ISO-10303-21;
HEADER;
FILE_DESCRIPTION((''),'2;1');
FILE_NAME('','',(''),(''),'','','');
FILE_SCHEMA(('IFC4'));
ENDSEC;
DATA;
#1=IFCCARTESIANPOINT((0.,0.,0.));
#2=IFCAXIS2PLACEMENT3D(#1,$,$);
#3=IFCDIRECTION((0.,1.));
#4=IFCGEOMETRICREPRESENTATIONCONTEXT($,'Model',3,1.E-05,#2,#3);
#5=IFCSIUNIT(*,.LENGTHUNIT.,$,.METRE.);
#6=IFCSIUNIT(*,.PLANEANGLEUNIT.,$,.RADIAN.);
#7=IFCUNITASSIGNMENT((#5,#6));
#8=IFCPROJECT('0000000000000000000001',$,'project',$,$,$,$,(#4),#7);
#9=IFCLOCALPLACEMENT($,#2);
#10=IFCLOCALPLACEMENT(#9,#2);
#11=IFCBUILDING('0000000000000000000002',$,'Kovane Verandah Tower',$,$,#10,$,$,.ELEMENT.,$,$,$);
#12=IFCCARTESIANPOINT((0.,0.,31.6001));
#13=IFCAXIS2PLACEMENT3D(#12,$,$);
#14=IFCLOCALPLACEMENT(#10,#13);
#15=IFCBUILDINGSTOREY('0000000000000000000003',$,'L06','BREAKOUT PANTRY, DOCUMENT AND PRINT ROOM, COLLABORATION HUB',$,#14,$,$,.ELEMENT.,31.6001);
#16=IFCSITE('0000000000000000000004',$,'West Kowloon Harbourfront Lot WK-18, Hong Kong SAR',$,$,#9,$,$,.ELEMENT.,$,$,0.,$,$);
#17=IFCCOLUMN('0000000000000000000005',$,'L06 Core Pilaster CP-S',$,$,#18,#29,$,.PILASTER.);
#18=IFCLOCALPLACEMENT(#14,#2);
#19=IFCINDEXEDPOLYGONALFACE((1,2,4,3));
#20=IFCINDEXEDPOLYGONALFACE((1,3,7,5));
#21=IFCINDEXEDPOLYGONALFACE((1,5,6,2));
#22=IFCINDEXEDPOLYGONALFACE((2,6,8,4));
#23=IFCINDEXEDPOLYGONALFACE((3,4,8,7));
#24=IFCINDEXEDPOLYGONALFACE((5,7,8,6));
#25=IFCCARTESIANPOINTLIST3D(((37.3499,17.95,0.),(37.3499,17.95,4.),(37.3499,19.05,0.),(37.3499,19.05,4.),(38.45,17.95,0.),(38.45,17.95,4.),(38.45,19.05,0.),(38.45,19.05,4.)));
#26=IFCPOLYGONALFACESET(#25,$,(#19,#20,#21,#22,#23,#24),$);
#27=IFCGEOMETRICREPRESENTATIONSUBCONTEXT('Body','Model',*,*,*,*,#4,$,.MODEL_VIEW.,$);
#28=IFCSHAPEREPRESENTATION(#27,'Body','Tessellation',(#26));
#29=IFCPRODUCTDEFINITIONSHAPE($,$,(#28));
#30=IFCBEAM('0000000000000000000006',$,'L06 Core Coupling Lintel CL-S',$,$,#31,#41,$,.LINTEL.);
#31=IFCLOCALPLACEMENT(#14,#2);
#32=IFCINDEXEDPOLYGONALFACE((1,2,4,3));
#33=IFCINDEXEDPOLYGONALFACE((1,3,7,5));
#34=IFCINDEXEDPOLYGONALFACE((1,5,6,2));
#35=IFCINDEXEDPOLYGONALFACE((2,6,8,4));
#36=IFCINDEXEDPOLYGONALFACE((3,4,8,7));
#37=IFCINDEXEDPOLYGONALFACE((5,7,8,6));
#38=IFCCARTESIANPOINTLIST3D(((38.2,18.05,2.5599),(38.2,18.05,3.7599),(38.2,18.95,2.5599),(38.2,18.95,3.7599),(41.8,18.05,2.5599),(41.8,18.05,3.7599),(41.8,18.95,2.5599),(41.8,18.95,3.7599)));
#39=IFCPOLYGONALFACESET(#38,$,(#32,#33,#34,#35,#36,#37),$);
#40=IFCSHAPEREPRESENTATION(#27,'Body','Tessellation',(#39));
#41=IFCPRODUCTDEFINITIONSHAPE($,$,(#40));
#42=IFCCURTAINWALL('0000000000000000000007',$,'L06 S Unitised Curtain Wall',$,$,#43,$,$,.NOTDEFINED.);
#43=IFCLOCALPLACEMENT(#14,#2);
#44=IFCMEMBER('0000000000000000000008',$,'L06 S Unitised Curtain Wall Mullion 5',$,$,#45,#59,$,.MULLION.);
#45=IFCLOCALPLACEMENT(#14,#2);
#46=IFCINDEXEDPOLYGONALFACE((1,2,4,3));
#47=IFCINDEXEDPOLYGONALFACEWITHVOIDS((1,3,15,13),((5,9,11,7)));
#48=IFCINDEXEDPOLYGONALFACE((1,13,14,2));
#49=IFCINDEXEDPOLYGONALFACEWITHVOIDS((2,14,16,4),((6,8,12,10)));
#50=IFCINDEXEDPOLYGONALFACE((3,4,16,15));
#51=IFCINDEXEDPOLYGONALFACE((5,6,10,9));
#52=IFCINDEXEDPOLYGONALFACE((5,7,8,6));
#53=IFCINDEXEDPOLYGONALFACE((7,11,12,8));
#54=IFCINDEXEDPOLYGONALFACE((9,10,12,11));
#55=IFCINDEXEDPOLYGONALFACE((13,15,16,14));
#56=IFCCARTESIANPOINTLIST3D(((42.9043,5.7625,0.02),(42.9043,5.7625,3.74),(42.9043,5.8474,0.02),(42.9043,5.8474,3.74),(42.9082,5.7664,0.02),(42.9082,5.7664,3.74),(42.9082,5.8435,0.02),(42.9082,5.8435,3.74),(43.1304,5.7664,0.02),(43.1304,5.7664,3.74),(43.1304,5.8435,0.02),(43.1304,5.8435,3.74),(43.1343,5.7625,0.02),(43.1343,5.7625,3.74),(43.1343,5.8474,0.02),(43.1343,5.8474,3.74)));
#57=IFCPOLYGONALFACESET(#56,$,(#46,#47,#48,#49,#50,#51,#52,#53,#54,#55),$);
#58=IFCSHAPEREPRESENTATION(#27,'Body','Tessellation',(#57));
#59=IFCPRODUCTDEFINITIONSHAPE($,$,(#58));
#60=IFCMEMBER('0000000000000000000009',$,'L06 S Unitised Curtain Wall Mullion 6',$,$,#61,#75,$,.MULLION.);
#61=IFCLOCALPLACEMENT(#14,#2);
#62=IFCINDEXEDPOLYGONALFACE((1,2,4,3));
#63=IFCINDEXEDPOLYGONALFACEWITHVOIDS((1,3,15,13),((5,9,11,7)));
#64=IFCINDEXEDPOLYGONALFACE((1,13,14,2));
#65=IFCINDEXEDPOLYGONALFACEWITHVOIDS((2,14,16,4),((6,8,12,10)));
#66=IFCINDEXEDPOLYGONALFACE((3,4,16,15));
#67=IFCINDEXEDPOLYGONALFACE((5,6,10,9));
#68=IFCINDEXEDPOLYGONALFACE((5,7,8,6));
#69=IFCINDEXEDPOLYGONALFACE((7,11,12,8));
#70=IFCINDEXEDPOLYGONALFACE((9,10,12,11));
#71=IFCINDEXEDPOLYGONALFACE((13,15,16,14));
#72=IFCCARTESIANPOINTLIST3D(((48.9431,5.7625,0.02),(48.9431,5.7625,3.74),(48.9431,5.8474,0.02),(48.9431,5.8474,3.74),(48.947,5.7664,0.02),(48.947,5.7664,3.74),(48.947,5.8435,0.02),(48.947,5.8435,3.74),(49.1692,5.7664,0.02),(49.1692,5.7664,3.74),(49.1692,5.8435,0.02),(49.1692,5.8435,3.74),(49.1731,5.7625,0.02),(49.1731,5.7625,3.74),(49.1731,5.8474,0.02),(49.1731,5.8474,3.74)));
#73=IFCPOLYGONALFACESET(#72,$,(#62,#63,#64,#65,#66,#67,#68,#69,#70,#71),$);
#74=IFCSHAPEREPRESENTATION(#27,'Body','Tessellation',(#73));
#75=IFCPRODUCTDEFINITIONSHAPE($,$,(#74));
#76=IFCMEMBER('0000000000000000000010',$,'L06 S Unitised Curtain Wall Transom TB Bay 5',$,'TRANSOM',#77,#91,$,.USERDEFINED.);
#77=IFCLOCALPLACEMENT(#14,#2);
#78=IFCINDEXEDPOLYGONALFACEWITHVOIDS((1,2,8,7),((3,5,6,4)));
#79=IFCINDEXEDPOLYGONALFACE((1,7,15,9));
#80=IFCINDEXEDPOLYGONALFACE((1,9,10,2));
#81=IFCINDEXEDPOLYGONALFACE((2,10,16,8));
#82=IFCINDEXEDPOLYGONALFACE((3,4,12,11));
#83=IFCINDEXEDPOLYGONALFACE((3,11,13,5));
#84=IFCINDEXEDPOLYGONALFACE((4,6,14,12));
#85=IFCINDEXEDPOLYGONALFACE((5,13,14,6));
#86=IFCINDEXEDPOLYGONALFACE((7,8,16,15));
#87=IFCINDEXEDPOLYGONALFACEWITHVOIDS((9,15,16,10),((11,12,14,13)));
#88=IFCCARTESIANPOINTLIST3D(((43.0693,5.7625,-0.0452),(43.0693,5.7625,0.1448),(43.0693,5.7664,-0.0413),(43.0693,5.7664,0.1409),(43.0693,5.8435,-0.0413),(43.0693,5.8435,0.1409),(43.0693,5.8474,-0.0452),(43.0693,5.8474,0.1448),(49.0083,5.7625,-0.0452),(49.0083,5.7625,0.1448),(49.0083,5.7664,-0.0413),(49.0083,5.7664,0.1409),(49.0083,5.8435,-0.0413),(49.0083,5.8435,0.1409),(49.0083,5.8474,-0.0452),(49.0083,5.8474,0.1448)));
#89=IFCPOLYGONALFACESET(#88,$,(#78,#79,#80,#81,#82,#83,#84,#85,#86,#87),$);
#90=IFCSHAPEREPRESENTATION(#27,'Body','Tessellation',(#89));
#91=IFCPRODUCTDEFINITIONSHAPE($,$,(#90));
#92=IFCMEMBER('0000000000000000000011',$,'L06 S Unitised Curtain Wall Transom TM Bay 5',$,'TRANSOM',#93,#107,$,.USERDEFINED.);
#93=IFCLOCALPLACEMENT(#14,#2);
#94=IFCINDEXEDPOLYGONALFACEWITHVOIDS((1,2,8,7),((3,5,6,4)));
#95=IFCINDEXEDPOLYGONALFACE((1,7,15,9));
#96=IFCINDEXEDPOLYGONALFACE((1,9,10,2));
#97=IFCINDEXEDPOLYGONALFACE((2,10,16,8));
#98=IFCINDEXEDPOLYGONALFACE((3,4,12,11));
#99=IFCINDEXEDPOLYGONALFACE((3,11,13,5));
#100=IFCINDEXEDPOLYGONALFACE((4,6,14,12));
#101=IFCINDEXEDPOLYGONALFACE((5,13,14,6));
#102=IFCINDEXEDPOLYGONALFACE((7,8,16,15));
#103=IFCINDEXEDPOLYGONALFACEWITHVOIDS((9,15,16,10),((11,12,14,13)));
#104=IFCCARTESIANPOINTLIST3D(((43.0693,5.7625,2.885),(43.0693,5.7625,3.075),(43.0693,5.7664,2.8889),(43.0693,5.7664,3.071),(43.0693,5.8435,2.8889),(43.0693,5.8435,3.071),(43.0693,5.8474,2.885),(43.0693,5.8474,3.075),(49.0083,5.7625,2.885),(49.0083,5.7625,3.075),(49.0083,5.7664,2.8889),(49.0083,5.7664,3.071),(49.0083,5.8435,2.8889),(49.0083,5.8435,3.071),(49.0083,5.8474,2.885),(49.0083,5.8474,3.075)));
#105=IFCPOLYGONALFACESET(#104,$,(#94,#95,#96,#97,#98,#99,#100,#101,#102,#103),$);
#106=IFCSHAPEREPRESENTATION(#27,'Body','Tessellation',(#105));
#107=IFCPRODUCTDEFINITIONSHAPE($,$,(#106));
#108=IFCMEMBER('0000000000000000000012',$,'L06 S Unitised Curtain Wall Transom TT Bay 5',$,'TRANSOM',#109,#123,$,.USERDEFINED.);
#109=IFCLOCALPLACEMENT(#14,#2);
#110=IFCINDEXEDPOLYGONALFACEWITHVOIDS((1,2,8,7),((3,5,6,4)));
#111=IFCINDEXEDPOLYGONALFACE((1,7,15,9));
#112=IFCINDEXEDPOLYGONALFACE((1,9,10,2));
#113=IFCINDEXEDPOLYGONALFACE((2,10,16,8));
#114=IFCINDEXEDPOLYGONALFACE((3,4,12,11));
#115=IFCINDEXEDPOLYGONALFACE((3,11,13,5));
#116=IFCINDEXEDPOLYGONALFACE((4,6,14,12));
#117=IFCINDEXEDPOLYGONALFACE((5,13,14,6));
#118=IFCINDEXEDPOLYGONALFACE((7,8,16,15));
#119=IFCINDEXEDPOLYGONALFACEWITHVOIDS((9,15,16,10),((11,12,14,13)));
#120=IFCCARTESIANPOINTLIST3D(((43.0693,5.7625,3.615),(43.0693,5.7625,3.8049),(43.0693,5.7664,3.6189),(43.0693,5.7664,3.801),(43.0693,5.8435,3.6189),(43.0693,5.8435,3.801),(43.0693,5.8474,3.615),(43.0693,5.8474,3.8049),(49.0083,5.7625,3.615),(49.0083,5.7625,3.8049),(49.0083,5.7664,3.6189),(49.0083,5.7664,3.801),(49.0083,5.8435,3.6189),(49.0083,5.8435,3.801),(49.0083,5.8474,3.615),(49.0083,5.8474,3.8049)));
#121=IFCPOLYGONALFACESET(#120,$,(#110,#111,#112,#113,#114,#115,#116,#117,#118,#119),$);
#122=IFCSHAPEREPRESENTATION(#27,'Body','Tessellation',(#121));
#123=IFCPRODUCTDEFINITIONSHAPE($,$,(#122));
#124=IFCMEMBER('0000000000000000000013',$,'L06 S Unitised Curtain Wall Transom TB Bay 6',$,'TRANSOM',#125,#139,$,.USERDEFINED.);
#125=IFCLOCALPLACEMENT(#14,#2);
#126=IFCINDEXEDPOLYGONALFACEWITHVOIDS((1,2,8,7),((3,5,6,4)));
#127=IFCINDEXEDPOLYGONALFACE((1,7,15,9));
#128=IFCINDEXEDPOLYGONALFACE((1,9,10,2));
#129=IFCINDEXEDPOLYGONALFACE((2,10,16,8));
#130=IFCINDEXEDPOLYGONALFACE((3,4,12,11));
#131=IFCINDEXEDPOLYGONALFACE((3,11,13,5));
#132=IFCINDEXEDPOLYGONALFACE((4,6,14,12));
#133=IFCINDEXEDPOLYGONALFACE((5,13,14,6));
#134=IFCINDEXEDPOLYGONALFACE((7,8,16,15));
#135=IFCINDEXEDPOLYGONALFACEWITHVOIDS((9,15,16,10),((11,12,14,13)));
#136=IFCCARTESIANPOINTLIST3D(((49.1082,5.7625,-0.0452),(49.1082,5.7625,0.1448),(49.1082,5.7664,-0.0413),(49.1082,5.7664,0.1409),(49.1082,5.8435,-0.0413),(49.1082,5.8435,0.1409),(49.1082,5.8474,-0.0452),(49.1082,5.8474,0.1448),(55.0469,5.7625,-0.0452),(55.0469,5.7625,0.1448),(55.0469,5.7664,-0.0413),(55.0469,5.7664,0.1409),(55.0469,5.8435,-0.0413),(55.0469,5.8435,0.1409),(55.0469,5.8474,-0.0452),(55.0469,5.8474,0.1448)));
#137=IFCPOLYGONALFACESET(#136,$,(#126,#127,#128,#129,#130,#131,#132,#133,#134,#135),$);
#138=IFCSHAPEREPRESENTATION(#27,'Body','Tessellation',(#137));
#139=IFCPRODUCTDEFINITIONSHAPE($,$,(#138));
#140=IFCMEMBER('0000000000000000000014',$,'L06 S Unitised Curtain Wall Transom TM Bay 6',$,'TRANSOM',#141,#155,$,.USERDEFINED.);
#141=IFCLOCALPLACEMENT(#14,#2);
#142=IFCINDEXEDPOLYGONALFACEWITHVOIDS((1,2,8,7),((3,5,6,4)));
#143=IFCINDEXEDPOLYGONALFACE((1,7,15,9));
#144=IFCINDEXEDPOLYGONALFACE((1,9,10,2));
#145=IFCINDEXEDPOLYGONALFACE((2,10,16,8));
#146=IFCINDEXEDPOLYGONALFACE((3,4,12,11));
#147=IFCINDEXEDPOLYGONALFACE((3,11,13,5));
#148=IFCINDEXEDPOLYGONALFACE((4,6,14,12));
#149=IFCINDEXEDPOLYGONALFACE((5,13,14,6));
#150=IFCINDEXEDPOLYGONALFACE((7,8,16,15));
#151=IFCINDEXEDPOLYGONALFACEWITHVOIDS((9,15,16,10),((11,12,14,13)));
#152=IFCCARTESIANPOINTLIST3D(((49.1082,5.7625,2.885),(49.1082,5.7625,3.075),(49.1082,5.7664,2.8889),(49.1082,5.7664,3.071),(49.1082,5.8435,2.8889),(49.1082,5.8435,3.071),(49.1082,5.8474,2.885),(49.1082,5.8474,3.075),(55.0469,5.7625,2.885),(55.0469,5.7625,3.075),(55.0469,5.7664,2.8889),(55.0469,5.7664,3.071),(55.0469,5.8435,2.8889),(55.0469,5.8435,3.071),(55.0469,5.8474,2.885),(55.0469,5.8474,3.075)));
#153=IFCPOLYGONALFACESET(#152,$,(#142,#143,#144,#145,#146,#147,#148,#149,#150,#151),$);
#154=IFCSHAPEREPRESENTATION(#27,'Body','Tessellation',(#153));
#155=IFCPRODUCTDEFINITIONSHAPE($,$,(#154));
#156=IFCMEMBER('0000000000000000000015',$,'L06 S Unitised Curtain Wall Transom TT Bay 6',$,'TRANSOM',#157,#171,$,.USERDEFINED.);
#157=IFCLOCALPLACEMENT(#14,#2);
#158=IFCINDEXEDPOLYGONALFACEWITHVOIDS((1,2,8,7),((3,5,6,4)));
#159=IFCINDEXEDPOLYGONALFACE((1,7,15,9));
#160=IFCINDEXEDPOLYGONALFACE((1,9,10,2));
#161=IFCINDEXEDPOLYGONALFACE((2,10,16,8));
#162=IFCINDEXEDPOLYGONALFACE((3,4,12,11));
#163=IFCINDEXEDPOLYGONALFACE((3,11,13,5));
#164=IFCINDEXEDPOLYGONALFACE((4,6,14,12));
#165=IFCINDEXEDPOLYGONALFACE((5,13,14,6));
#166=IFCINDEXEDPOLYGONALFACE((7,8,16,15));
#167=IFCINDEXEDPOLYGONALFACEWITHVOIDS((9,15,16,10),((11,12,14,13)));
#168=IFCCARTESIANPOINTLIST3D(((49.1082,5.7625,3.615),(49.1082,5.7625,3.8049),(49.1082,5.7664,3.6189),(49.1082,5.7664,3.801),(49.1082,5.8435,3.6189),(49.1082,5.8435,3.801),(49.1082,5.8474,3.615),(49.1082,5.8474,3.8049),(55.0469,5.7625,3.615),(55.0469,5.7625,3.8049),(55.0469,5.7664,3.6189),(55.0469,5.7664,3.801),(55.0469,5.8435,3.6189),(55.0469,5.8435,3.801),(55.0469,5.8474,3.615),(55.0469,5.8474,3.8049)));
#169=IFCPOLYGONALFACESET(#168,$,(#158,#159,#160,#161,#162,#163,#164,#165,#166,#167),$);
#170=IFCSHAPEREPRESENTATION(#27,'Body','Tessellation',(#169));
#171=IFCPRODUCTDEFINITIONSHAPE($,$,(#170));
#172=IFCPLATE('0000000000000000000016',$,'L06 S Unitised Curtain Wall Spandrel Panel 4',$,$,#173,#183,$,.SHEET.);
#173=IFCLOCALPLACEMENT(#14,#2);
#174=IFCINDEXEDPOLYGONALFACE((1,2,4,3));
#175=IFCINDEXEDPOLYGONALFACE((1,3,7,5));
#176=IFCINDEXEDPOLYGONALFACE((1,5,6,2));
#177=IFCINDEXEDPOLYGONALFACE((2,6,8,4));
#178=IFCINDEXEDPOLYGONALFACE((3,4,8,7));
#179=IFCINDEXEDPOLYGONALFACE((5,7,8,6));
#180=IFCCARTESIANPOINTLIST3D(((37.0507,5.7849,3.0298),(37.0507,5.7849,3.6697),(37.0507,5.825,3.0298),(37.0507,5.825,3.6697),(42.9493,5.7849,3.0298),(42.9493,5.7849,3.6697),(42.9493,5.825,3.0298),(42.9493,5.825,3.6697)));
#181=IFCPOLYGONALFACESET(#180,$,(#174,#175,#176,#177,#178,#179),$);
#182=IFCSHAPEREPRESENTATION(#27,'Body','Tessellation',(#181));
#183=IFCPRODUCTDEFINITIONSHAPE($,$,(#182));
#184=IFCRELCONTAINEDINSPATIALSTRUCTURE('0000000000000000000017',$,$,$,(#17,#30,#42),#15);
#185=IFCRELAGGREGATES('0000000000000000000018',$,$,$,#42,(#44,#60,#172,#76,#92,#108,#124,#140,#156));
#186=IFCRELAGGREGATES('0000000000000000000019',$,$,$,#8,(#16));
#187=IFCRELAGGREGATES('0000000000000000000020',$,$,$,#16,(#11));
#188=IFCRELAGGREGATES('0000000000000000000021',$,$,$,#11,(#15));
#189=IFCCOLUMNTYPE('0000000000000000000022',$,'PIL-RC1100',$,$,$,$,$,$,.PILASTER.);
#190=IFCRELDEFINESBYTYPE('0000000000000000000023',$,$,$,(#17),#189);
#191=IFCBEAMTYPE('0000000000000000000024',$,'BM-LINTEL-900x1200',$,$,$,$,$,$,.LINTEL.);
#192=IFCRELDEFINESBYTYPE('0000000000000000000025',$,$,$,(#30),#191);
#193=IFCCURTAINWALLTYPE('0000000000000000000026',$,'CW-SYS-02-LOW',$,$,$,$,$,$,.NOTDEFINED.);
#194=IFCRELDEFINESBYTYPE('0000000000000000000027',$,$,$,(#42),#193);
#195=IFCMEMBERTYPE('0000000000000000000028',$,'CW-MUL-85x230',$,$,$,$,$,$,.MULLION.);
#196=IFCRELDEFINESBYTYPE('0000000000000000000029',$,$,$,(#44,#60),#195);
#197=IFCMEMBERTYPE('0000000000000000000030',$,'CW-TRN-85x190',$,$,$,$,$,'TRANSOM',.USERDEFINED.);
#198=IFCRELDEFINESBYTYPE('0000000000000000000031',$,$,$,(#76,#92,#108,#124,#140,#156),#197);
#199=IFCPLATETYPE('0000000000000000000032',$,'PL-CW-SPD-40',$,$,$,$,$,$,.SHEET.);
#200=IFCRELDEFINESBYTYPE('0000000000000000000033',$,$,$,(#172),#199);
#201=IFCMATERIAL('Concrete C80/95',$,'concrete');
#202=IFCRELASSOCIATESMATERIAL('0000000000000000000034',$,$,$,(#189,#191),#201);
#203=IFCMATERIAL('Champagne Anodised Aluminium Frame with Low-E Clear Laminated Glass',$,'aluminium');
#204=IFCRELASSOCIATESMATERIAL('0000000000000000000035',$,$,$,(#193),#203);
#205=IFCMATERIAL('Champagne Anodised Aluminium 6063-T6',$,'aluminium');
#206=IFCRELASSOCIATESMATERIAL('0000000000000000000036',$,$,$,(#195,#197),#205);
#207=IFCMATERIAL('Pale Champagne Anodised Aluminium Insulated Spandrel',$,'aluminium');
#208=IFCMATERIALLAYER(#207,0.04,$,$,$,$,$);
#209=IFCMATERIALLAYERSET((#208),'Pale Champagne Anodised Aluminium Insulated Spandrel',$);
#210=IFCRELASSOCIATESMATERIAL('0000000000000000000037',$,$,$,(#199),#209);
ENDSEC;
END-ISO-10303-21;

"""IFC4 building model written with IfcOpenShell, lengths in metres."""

from ifc_helpers import new_model, si_unit, direction, frame, origin, origin_2d, place, context, subcontext, project, spatial, rectangle, hollow_rectangle, extrude, material, layer, layer_set, material_profile, profile_set, type_object, element, aggregate, save


model = new_model("IFC4")

# Units and contexts
model_context = context("Model", 3, precision=1e-05, world=origin(), true_north=direction((0.0, 1.0)))
body_context = subcontext(model_context, "Body", "Model", "MODEL_VIEW")
ifc_project = project(units=[si_unit("LENGTHUNIT", "METRE"), si_unit("PLANEANGLEUNIT", "RADIAN")], contexts=[model_context])

# Site, building, storey
site_placement = place(None, origin())
site = spatial("IfcSite", under=ifc_project, at=site_placement, Name="West Kowloon Harbourfront Lot WK-18, Hong Kong SAR", CompositionType="ELEMENT", RefElevation=0.0)
building_placement = place(site_placement, origin())
building = spatial("IfcBuilding", under=site, at=building_placement, Name="Kovane Verandah Tower", CompositionType="ELEMENT")
storey_placement = place(building_placement, frame((0.0, 0.0, 31.6001)))
storey = spatial("IfcBuildingStorey", under=building, at=storey_placement, Name="L06", Description="BREAKOUT PANTRY, DOCUMENT AND PRINT ROOM, COLLABORATION HUB", CompositionType="ELEMENT", Elevation=31.6001)

# Column
ifc_material_1 = material(Name="Concrete C80/95", Category="concrete")
ifc_material_profile_1 = material_profile(ifc_material_1, rectangle(XDim=1.1001, YDim=1.1001, at=origin_2d()), Name="RC1100x1100")
ifc_profile_set_1 = profile_set([ifc_material_profile_1], Name="Concrete C80/95")
column_type = type_object("IfcColumnType", Name="PIL-RC1100", PredefinedType="PILASTER", material=ifc_profile_set_1)
column_placement = place(storey_placement, frame((37.8999, 18.5, 0.0), z_axis=(0.0, 0.0, 1.0), x_axis=(1.0, 0.0, 0.0)))
element("IfcColumn", 1, at=column_placement, inside=storey, type_object=column_type, Name="L06 Core Pilaster CP-S", PredefinedType="PILASTER", context=body_context, shape_type="SweptSolid", body=[
    extrude(rectangle(XDim=1.1001, YDim=1.1001, at=origin_2d()), origin(), (0.0, 0.0, 1.0), 4.0),
])

# Beam
ifc_material_profile_2 = material_profile(ifc_material_1, rectangle(XDim=0.8999, YDim=1.2, at=origin_2d()), Name="RCB900x1200")
ifc_profile_set_2 = profile_set([ifc_material_profile_2], Name="Concrete C80/95")
beam_type = type_object("IfcBeamType", Name="BM-LINTEL-900x1200", PredefinedType="LINTEL", material=ifc_profile_set_2)
beam_placement = place(storey_placement, frame((38.2, 18.5, 3.1599), z_axis=(1.0, 0.0, 0.0), x_axis=(0.0, 1.0, 0.0)))
element("IfcBeam", 2, at=beam_placement, inside=storey, type_object=beam_type, Name="L06 Core Coupling Lintel CL-S", PredefinedType="LINTEL", context=body_context, shape_type="SweptSolid", body=[
    extrude(rectangle(XDim=0.8999, YDim=1.2, at=origin_2d()), origin(), (0.0, 0.0, 1.0), 3.6001),
])

# Curtain wall, members, plate
ifc_material_2 = material(Name="Champagne Anodised Aluminium Frame with Low-E Clear Laminated Glass", Category="aluminium")
curtain_wall_type = type_object("IfcCurtainWallType", Name="CW-SYS-02-LOW", PredefinedType="NOTDEFINED", material=ifc_material_2)
curtain_wall_placement = place(storey_placement, origin())
curtain_wall = element("IfcCurtainWall", 3, at=curtain_wall_placement, inside=storey, type_object=curtain_wall_type, Name="L06 S Unitised Curtain Wall", PredefinedType="NOTDEFINED")
ifc_material_3 = material(Name="Champagne Anodised Aluminium 6063-T6", Category="aluminium")
ifc_material_profile_3 = material_profile(ifc_material_3, hollow_rectangle(XDim=0.085, YDim=0.23, WallThickness=0.0039, at=origin_2d()), Name="AL85x230x4")
ifc_profile_set_3 = profile_set([ifc_material_profile_3], Name="Champagne Anodised Aluminium 6063-T6")
member_type_1 = type_object("IfcMemberType", Name="CW-MUL-85x230", PredefinedType="MULLION", material=ifc_profile_set_3)
member_1_placement = place(storey_placement, frame((43.0193, 5.8049, 0.02), z_axis=(0.0, 0.0, 1.0), x_axis=(0.0, -1.0, 0.0)))
member_1 = element("IfcMember", 4, at=member_1_placement, type_object=member_type_1, Name="L06 S Unitised Curtain Wall Mullion 5", PredefinedType="MULLION", context=body_context, shape_type="SweptSolid", body=[
    extrude(hollow_rectangle(XDim=0.085, YDim=0.23, WallThickness=0.0039, at=origin_2d()), origin(), (0.0, 0.0, 1.0), 3.72),
])
member_2_placement = place(storey_placement, frame((49.0581, 5.8049, 0.02), z_axis=(0.0, 0.0, 1.0), x_axis=(0.0, -1.0, 0.0)))
member_2 = element("IfcMember", 5, at=member_2_placement, type_object=member_type_1, Name="L06 S Unitised Curtain Wall Mullion 6", PredefinedType="MULLION", context=body_context, shape_type="SweptSolid", body=[
    extrude(hollow_rectangle(XDim=0.085, YDim=0.23, WallThickness=0.0039, at=origin_2d()), origin(), (0.0, 0.0, 1.0), 3.72),
])
ifc_material_profile_4 = material_profile(ifc_material_3, hollow_rectangle(XDim=0.085, YDim=0.1899, WallThickness=0.0039, at=origin_2d()), Name="AL85x190x4")
ifc_profile_set_4 = profile_set([ifc_material_profile_4], Name="Champagne Anodised Aluminium 6063-T6")
member_type_2 = type_object("IfcMemberType", Name="CW-TRN-85x190", ElementType="TRANSOM", PredefinedType="USERDEFINED", material=ifc_profile_set_4)
member_3_placement = place(storey_placement, frame((43.0693, 5.8049, 0.0498), z_axis=(1.0, 0.0, 0.0), x_axis=(0.0, 1.0, 0.0)))
member_3 = element("IfcMember", 6, at=member_3_placement, type_object=member_type_2, Name="L06 S Unitised Curtain Wall Transom TB Bay 5", ObjectType="TRANSOM", PredefinedType="USERDEFINED", context=body_context, shape_type="SweptSolid", body=[
    extrude(hollow_rectangle(XDim=0.085, YDim=0.1899, WallThickness=0.0039, at=origin_2d()), origin(), (0.0, 0.0, 1.0), 5.939),
])
member_4_placement = place(storey_placement, frame((43.0693, 5.8049, 2.98), z_axis=(1.0, 0.0, 0.0), x_axis=(0.0, 1.0, 0.0)))
member_4 = element("IfcMember", 7, at=member_4_placement, type_object=member_type_2, Name="L06 S Unitised Curtain Wall Transom TM Bay 5", ObjectType="TRANSOM", PredefinedType="USERDEFINED", context=body_context, shape_type="SweptSolid", body=[
    extrude(hollow_rectangle(XDim=0.085, YDim=0.1899, WallThickness=0.0039, at=origin_2d()), origin(), (0.0, 0.0, 1.0), 5.939),
])
member_5_placement = place(storey_placement, frame((43.0693, 5.8049, 3.71), z_axis=(1.0, 0.0, 0.0), x_axis=(0.0, 1.0, 0.0)))
member_5 = element("IfcMember", 8, at=member_5_placement, type_object=member_type_2, Name="L06 S Unitised Curtain Wall Transom TT Bay 5", ObjectType="TRANSOM", PredefinedType="USERDEFINED", context=body_context, shape_type="SweptSolid", body=[
    extrude(hollow_rectangle(XDim=0.085, YDim=0.1899, WallThickness=0.0039, at=origin_2d()), origin(), (0.0, 0.0, 1.0), 5.939),
])
member_6_placement = place(storey_placement, frame((49.1082, 5.8049, 0.0498), z_axis=(1.0, 0.0, 0.0), x_axis=(0.0, 1.0, 0.0)))
member_6 = element("IfcMember", 9, at=member_6_placement, type_object=member_type_2, Name="L06 S Unitised Curtain Wall Transom TB Bay 6", ObjectType="TRANSOM", PredefinedType="USERDEFINED", context=body_context, shape_type="SweptSolid", body=[
    extrude(hollow_rectangle(XDim=0.085, YDim=0.1899, WallThickness=0.0039, at=origin_2d()), origin(), (0.0, 0.0, 1.0), 5.9387),
])
member_7_placement = place(storey_placement, frame((49.1082, 5.8049, 2.98), z_axis=(1.0, 0.0, 0.0), x_axis=(0.0, 1.0, 0.0)))
member_7 = element("IfcMember", 10, at=member_7_placement, type_object=member_type_2, Name="L06 S Unitised Curtain Wall Transom TM Bay 6", ObjectType="TRANSOM", PredefinedType="USERDEFINED", context=body_context, shape_type="SweptSolid", body=[
    extrude(hollow_rectangle(XDim=0.085, YDim=0.1899, WallThickness=0.0039, at=origin_2d()), origin(), (0.0, 0.0, 1.0), 5.9387),
])
member_8_placement = place(storey_placement, frame((49.1082, 5.8049, 3.71), z_axis=(1.0, 0.0, 0.0), x_axis=(0.0, 1.0, 0.0)))
member_8 = element("IfcMember", 11, at=member_8_placement, type_object=member_type_2, Name="L06 S Unitised Curtain Wall Transom TT Bay 6", ObjectType="TRANSOM", PredefinedType="USERDEFINED", context=body_context, shape_type="SweptSolid", body=[
    extrude(hollow_rectangle(XDim=0.085, YDim=0.1899, WallThickness=0.0039, at=origin_2d()), origin(), (0.0, 0.0, 1.0), 5.9387),
])
ifc_material_4 = material(Name="Pale Champagne Anodised Aluminium Insulated Spandrel", Category="aluminium")
ifc_layer_1 = layer(ifc_material_4, 0.04)
ifc_layer_set_1 = layer_set([ifc_layer_1], Name="Pale Champagne Anodised Aluminium Insulated Spandrel")
plate_type_1 = type_object("IfcPlateType", Name="PL-CW-SPD-40", PredefinedType="SHEET", material=ifc_layer_set_1)
plate_1_placement = place(storey_placement, frame((40.0, 5.8049, 3.0298), z_axis=(0.0, 0.0, 1.0), x_axis=(1.0, 0.0, 0.0)))
plate_1 = element("IfcPlate", 12, at=plate_1_placement, type_object=plate_type_1, Name="L06 S Unitised Curtain Wall Spandrel Panel 4", PredefinedType="SHEET", context=body_context, shape_type="SweptSolid", body=[
    extrude(rectangle(XDim=5.8987, YDim=0.04, at=origin_2d()), origin(), (0.0, 0.0, 1.0), 0.6399),
])
aggregate(curtain_wall, [member_1, member_2, plate_1, member_3, member_4, member_5, member_6, member_7, member_8])

save(model, "model.ifc")
